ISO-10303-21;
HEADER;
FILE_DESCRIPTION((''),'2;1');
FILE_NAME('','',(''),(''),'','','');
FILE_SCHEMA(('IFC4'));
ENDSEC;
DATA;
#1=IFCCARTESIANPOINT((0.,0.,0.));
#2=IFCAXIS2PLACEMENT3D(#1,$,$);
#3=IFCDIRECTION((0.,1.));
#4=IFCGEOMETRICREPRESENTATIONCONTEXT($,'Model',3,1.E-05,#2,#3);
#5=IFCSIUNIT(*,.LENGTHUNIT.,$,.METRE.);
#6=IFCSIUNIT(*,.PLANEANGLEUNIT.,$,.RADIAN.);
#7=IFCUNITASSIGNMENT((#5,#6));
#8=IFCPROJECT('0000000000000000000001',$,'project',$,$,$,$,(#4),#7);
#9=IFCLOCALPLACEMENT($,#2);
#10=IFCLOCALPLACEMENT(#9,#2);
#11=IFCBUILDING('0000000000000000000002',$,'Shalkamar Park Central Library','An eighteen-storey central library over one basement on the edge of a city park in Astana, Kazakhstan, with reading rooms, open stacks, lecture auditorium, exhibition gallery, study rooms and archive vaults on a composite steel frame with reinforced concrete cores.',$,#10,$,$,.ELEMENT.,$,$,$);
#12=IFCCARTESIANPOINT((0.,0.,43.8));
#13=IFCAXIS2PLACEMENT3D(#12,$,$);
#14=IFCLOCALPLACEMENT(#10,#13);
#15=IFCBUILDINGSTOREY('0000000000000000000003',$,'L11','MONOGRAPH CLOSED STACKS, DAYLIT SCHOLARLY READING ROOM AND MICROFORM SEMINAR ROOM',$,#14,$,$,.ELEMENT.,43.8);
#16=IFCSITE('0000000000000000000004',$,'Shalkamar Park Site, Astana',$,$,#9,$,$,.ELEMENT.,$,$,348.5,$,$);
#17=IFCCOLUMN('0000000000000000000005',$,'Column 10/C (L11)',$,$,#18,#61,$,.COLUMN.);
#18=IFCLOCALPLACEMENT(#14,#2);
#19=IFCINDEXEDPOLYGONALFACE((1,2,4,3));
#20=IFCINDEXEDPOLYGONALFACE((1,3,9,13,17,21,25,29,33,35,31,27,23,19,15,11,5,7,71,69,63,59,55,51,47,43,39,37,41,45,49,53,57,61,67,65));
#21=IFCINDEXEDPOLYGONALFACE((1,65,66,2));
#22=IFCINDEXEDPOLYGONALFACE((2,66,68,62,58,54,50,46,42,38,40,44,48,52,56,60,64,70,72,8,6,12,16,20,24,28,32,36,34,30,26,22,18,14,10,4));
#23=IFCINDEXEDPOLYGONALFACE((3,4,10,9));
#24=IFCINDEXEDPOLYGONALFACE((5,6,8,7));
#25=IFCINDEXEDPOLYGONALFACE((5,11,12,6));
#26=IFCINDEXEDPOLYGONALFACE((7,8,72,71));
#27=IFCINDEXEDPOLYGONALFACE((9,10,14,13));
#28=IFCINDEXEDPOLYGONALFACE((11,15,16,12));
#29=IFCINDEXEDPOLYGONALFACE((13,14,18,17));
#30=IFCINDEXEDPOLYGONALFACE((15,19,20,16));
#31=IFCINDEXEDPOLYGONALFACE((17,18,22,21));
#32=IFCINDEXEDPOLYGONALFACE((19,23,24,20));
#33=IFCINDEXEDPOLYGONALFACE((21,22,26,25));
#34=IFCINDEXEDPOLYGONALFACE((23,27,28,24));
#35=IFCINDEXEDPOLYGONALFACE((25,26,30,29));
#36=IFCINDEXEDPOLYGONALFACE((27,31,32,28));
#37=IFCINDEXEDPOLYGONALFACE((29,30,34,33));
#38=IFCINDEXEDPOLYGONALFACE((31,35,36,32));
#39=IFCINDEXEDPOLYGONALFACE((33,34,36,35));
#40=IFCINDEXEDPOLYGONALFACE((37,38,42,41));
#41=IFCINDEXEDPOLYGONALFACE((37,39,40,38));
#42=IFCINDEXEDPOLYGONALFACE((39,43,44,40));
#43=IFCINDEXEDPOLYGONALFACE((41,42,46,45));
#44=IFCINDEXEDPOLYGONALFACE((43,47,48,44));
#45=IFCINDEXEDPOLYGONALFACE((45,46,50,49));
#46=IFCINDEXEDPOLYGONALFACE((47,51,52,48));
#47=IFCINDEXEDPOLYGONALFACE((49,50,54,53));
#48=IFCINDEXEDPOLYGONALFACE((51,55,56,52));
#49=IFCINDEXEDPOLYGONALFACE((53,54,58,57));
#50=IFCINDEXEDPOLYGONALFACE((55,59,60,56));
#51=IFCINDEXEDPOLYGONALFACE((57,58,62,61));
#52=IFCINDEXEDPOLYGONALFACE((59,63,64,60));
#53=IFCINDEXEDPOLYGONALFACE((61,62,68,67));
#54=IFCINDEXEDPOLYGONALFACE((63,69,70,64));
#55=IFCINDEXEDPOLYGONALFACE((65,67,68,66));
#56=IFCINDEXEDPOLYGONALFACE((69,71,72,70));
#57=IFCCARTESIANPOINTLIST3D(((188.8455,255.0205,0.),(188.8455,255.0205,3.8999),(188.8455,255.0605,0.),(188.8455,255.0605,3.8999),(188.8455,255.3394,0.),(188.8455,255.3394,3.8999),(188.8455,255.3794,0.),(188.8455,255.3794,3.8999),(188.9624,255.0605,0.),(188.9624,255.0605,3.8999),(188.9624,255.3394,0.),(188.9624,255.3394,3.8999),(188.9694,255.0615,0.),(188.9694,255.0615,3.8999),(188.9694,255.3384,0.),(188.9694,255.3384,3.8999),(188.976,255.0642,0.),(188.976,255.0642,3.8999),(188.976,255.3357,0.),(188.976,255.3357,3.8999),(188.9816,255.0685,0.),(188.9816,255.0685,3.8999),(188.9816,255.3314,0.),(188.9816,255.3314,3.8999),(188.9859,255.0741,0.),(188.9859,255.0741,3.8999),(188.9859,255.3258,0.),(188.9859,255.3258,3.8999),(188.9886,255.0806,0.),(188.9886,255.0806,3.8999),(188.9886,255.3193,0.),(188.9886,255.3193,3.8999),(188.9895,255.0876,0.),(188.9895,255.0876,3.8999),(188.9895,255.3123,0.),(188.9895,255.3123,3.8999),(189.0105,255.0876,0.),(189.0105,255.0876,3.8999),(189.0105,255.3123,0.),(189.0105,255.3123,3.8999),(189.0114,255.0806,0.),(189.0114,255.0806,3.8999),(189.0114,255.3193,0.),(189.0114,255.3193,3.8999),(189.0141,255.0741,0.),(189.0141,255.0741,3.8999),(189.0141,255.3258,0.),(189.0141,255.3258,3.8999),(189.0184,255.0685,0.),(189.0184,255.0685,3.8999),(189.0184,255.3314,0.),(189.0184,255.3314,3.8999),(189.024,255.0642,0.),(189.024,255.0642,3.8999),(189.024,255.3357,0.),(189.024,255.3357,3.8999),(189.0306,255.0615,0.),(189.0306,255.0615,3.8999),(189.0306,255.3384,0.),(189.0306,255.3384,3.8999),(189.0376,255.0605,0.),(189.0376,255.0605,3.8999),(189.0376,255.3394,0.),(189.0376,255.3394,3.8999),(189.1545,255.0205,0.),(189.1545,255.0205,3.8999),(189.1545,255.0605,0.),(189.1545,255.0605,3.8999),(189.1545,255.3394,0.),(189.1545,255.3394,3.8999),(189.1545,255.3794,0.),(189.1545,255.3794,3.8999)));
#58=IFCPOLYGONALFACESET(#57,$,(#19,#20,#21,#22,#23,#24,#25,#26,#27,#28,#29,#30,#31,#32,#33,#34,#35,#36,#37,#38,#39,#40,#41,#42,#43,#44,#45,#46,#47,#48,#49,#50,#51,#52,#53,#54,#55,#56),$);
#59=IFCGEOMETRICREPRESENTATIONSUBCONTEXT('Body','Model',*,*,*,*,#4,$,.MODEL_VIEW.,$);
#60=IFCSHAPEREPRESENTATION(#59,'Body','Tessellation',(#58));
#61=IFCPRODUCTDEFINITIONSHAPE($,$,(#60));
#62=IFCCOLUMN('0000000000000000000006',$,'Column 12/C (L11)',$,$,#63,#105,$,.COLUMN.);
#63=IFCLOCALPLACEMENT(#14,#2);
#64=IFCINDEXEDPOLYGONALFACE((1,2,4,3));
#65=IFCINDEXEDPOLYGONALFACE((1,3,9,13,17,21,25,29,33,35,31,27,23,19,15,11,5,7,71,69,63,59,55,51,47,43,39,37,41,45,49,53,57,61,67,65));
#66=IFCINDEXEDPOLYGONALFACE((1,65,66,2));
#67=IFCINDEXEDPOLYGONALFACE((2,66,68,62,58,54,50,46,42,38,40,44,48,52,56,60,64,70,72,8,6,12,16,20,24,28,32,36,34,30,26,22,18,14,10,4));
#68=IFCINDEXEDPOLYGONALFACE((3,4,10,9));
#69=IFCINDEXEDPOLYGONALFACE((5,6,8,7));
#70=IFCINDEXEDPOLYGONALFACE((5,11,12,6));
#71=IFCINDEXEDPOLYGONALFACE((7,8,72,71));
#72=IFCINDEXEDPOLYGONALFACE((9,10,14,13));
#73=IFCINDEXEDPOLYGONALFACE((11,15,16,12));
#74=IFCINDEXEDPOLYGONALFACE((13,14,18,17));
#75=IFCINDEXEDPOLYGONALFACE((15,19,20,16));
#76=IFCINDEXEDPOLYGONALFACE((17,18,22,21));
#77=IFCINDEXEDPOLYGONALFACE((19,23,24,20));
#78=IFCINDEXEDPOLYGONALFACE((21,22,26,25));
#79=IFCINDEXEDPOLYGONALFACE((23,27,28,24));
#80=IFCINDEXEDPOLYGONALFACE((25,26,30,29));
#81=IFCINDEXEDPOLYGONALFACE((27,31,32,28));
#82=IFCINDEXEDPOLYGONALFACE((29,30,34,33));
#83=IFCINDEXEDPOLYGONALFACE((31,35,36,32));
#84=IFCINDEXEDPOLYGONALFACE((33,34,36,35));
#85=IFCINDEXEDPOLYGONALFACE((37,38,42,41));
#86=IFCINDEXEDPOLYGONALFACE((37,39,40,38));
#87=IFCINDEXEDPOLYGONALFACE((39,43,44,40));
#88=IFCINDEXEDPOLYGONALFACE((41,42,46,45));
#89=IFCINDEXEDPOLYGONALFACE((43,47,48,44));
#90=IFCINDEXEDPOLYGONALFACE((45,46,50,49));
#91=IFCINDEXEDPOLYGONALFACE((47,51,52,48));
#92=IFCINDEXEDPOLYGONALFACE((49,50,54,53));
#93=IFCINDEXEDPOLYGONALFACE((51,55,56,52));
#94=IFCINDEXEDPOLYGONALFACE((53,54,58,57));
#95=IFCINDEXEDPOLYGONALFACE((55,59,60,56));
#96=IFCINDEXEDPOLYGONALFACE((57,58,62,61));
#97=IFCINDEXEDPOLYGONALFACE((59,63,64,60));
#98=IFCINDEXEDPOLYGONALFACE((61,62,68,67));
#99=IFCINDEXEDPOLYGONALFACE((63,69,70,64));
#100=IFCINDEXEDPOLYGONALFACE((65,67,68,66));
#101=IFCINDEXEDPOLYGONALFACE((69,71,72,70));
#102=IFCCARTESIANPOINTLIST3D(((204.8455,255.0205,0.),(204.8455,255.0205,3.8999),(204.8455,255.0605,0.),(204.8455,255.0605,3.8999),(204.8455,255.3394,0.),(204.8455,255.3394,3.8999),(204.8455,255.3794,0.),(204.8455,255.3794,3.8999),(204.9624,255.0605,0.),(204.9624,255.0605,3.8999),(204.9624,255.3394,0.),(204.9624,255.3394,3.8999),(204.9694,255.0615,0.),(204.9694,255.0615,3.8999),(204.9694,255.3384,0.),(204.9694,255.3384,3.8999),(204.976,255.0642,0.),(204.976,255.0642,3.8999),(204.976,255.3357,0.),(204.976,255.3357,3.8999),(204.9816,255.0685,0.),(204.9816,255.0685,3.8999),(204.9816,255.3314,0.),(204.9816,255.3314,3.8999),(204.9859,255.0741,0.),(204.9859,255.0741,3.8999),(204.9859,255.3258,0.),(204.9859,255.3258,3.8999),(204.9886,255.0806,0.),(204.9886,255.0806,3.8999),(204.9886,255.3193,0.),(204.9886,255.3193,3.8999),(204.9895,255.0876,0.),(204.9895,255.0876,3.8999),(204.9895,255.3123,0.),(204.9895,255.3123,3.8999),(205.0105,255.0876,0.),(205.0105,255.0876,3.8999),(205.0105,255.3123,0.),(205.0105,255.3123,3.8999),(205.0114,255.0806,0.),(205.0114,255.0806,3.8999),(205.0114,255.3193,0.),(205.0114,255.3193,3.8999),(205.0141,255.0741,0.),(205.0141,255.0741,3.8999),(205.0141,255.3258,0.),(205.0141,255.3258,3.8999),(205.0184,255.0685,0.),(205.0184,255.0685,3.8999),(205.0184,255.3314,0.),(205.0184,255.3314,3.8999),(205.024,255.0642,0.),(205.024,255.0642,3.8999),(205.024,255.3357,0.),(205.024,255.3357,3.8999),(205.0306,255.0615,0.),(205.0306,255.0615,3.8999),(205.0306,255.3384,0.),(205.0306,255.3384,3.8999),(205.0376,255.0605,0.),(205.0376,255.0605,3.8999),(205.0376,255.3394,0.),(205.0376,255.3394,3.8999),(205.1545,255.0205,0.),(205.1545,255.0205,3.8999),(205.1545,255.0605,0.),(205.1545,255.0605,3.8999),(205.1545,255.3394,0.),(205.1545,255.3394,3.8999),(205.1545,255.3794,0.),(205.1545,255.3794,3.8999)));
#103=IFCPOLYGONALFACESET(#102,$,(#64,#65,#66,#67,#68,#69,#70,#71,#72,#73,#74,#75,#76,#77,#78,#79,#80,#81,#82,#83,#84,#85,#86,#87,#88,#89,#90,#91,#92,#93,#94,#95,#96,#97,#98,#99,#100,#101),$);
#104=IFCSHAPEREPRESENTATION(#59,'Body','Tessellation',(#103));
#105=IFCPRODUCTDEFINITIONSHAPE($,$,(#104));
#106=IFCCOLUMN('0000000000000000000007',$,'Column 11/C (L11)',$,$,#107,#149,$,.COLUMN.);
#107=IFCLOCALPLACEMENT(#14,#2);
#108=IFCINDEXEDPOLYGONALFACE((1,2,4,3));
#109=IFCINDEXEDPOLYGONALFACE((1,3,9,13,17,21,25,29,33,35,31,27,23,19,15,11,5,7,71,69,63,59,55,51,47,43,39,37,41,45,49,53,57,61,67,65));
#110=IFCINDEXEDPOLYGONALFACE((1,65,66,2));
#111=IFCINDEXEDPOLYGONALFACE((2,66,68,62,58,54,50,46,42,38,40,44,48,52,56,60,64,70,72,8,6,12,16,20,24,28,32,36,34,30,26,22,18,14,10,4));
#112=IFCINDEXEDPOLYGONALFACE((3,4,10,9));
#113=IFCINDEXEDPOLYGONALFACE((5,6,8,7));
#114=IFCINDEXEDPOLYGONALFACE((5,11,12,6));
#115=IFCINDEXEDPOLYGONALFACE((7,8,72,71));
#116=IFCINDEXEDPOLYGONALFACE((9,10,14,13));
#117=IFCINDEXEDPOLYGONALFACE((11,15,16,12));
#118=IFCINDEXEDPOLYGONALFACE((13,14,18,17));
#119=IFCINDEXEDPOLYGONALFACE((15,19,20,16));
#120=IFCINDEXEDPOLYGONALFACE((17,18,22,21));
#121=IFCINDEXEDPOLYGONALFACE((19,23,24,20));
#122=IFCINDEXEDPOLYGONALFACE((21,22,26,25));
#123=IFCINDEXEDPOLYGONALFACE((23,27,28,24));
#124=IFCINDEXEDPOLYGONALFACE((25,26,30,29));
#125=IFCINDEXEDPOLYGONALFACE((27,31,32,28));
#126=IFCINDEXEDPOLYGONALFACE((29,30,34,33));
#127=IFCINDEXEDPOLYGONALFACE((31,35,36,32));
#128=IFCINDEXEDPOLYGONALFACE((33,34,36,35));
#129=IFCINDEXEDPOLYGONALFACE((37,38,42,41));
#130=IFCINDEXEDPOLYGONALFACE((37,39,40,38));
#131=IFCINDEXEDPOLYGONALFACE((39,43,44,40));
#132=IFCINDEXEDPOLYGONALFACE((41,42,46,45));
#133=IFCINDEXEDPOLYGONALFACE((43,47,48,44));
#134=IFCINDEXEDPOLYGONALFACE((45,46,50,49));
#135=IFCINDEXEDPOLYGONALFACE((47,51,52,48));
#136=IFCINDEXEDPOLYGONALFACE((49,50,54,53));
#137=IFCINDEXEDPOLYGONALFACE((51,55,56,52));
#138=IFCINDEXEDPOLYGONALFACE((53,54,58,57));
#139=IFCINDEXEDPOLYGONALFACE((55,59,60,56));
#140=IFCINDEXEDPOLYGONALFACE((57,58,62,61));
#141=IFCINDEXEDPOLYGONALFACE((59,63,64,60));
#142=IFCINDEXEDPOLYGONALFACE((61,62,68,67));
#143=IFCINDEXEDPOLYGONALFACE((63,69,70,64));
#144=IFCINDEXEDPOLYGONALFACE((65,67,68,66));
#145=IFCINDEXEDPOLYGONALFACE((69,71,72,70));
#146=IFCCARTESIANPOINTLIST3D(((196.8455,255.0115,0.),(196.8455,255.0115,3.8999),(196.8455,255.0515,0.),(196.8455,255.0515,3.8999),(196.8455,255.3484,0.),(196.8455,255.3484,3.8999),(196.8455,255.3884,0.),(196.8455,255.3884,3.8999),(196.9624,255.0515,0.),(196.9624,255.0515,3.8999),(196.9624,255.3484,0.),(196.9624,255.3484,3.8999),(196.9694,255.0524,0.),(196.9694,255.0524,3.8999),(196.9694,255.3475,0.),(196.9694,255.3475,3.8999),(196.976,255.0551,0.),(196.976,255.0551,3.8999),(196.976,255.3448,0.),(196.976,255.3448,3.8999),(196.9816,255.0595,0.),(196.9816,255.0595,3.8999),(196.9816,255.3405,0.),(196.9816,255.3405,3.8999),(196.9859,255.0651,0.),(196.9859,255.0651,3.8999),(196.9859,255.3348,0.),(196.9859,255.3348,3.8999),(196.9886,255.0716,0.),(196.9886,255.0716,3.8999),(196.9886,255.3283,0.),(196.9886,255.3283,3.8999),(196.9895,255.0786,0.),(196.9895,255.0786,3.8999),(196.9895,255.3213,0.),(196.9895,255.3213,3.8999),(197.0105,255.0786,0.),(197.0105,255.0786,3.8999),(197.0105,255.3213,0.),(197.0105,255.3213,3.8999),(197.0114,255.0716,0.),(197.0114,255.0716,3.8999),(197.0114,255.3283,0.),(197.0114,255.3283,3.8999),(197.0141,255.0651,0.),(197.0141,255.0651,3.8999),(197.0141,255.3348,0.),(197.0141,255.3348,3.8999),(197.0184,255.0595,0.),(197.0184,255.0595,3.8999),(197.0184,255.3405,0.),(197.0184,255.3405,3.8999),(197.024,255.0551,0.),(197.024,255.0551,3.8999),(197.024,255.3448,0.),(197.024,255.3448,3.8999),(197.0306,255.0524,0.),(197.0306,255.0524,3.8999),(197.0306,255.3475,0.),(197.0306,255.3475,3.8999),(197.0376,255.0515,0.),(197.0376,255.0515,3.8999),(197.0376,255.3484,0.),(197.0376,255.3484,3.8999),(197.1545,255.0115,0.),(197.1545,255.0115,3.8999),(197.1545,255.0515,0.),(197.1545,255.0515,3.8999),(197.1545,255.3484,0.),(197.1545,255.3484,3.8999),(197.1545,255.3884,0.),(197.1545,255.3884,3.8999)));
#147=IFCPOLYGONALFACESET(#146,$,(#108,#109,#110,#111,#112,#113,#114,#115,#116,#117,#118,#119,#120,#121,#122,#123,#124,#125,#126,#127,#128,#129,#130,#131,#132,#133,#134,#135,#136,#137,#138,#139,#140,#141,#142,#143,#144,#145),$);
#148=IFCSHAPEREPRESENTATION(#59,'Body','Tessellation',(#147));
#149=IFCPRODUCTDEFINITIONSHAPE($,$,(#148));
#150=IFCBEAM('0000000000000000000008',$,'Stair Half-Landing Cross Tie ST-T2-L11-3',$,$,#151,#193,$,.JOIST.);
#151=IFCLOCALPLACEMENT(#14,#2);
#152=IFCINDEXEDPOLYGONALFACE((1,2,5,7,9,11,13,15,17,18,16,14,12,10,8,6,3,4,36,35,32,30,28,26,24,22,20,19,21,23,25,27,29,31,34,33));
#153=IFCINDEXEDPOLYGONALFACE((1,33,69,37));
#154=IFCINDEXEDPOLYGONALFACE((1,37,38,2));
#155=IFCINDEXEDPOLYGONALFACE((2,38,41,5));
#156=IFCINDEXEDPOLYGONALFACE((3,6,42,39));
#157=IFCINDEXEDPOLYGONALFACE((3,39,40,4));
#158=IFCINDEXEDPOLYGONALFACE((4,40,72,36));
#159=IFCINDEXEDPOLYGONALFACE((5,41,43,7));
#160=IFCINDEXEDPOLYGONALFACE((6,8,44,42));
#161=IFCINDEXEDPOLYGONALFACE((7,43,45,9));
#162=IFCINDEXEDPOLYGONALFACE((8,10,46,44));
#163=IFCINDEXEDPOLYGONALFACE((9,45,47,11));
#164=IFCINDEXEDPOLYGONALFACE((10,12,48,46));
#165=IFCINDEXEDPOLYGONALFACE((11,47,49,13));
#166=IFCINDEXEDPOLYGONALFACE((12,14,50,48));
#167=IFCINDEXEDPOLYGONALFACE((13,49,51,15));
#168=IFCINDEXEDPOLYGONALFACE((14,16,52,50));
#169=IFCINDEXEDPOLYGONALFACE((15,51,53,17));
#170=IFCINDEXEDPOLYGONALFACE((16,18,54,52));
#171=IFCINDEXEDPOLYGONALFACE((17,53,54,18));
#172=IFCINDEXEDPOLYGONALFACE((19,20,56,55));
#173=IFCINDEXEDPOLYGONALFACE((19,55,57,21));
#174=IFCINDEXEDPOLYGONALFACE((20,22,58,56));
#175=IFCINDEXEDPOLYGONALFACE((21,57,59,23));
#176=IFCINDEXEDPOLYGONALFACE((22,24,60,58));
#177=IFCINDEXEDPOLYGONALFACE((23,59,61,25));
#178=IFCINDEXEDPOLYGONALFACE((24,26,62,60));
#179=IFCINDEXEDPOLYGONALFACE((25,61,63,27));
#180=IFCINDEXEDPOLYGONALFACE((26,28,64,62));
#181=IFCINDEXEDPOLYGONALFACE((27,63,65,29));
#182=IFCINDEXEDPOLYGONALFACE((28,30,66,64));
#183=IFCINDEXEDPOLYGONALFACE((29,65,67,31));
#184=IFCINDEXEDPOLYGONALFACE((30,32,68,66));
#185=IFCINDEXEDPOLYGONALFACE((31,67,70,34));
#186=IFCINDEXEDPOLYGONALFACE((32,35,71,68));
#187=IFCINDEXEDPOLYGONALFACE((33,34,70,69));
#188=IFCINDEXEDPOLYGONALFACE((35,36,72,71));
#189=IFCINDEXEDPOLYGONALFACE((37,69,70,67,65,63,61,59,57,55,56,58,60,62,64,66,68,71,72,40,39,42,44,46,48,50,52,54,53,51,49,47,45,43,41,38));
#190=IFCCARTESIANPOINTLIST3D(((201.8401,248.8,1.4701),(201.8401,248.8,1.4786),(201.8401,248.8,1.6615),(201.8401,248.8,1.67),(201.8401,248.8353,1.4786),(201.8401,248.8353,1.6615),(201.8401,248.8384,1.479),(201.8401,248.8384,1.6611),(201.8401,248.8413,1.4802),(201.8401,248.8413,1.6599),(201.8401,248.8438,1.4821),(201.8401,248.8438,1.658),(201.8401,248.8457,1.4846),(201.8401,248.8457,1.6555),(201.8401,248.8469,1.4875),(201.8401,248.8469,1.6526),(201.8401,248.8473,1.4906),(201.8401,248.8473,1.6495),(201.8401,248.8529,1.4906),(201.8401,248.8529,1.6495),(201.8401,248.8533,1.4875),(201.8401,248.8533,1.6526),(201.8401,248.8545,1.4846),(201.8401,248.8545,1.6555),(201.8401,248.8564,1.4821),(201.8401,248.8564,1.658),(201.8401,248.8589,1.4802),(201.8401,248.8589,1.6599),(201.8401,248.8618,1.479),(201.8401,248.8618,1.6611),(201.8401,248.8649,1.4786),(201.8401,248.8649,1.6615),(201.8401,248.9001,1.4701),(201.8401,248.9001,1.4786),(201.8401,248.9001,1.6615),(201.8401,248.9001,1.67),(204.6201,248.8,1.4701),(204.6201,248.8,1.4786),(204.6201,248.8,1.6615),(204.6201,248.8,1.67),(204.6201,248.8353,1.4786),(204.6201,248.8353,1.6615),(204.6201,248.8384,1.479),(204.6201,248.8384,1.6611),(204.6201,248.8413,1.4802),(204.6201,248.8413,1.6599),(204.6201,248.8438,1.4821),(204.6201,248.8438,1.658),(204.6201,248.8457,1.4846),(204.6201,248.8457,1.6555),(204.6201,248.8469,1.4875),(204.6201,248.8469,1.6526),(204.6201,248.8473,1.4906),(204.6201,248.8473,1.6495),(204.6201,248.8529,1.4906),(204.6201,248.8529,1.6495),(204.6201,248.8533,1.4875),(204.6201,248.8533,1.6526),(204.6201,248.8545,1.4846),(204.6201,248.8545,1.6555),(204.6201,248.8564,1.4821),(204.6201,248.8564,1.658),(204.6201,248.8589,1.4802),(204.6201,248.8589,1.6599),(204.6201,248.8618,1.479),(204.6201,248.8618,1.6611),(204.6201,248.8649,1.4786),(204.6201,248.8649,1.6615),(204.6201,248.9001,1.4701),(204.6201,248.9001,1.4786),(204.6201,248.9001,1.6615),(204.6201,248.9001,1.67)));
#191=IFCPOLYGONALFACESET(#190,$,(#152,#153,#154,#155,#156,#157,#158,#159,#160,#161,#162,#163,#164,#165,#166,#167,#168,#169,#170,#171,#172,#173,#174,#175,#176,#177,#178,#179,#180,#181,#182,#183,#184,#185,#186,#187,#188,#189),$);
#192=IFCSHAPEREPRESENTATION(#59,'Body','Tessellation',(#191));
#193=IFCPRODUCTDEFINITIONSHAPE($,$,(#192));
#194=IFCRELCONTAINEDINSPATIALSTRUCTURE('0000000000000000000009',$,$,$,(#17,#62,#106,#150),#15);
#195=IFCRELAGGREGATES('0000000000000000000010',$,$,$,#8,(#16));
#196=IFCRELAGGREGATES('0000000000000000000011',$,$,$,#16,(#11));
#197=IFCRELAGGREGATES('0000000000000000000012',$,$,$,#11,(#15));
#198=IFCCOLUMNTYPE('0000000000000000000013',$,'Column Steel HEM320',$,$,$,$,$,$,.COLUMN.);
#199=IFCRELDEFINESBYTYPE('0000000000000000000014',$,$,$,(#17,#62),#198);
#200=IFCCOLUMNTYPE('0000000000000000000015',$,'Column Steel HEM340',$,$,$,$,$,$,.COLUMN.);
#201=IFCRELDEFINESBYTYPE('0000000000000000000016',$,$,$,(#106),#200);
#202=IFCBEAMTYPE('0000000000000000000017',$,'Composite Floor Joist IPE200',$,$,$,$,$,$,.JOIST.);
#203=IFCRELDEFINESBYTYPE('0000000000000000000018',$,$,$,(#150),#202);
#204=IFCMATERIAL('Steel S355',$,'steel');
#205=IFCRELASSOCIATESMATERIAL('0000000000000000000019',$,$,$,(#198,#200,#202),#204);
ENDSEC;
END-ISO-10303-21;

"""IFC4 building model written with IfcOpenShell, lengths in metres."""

from ifc_helpers import new_model, si_unit, direction, frame, origin, origin_2d, place, context, subcontext, project, spatial, i_section, extrude, material, material_profile, profile_set, type_object, element, save


model = new_model("IFC4")

# Units and contexts
model_context = context("Model", 3, precision=1e-05, world=origin(), true_north=direction((0.0, 1.0)))
body_context = subcontext(model_context, "Body", "Model", "MODEL_VIEW")
ifc_project = project(units=[si_unit("LENGTHUNIT", "METRE"), si_unit("PLANEANGLEUNIT", "RADIAN")], contexts=[model_context])

# Site, building, storey
site_placement = place(None, origin())
site = spatial("IfcSite", under=ifc_project, at=site_placement, Name="Shalkamar Park Site, Astana", CompositionType="ELEMENT", RefElevation=348.5)
building_placement = place(site_placement, origin())
building = spatial("IfcBuilding", under=site, at=building_placement, Name="Shalkamar Park Central Library", Description="An eighteen-storey central library over one basement on the edge of a city park in Astana, Kazakhstan, with reading rooms, open stacks, lecture auditorium, exhibition gallery, study rooms and archive vaults on a composite steel frame with reinforced concrete cores.", CompositionType="ELEMENT")
storey_placement = place(building_placement, frame((0.0, 0.0, 43.8)))
storey = spatial("IfcBuildingStorey", under=building, at=storey_placement, Name="L11", Description="MONOGRAPH CLOSED STACKS, DAYLIT SCHOLARLY READING ROOM AND MICROFORM SEMINAR ROOM", CompositionType="ELEMENT", Elevation=43.8)

# Columns
ifc_material_1 = material(Name="Steel S355", Category="steel")
ifc_material_profile_1 = material_profile(ifc_material_1, i_section(OverallWidth=0.3091, OverallDepth=0.3589, WebThickness=0.021, FlangeThickness=0.04, FilletRadius=0.0271, at=origin_2d()), Name="HEM 320")
ifc_profile_set_1 = profile_set([ifc_material_profile_1], Name="Steel S355")
column_type_1 = type_object("IfcColumnType", Name="Column Steel HEM320", PredefinedType="COLUMN", material=ifc_profile_set_1)
for number, where, z_axis, x_axis, name in (
    (1, (189.0, 255.2, 0.0), (0.0, 0.0, 1.0), (1.0, 0.0, 0.0), "Column 10/C (L11)"),
    (2, (205.0, 255.2, 0.0), (0.0, 0.0, 1.0), (1.0, 0.0, 0.0), "Column 12/C (L11)"),
):
    element("IfcColumn", number, at=place(storey_placement, frame(where, z_axis=z_axis, x_axis=x_axis)), inside=storey, type_object=column_type_1, Name=name, PredefinedType="COLUMN", context=body_context, shape_type="SweptSolid", body=[
        extrude(i_section(OverallWidth=0.3091, OverallDepth=0.3589, WebThickness=0.021, FlangeThickness=0.04, FilletRadius=0.0271, at=origin_2d()), origin(), (0.0, 0.0, 1.0), 3.8999),
    ])
ifc_material_profile_2 = material_profile(ifc_material_1, i_section(OverallWidth=0.3091, OverallDepth=0.377, WebThickness=0.021, FlangeThickness=0.04, FilletRadius=0.0271, at=origin_2d()), Name="HEM 340")
ifc_profile_set_2 = profile_set([ifc_material_profile_2], Name="Steel S355")
column_type_2 = type_object("IfcColumnType", Name="Column Steel HEM340", PredefinedType="COLUMN", material=ifc_profile_set_2)
column_placement = place(storey_placement, frame((197.0, 255.2, 0.0), z_axis=(0.0, 0.0, 1.0), x_axis=(1.0, 0.0, 0.0)))
element("IfcColumn", 3, at=column_placement, inside=storey, type_object=column_type_2, Name="Column 11/C (L11)", PredefinedType="COLUMN", context=body_context, shape_type="SweptSolid", body=[
    extrude(i_section(OverallWidth=0.3091, OverallDepth=0.377, WebThickness=0.021, FlangeThickness=0.04, FilletRadius=0.0271, at=origin_2d()), origin(), (0.0, 0.0, 1.0), 3.8999),
])

# Beam
ifc_material_profile_3 = material_profile(ifc_material_1, i_section(OverallWidth=0.1001, OverallDepth=0.2, WebThickness=0.0056, FlangeThickness=0.0085, FilletRadius=0.012, at=origin_2d()), Name="IPE 200")
ifc_profile_set_3 = profile_set([ifc_material_profile_3], Name="Steel S355")
beam_type_1 = type_object("IfcBeamType", Name="Composite Floor Joist IPE200", PredefinedType="JOIST", material=ifc_profile_set_3)
beam_1_placement = place(storey_placement, frame((201.8401, 248.8501, 1.5701), z_axis=(1.0, 0.0, 0.0), x_axis=(0.0, 1.0, 0.0)))
element("IfcBeam", 4, at=beam_1_placement, inside=storey, type_object=beam_type_1, Name="Stair Half-Landing Cross Tie ST-T2-L11-3", PredefinedType="JOIST", context=body_context, shape_type="SweptSolid", body=[
    extrude(i_section(OverallWidth=0.1001, OverallDepth=0.2, WebThickness=0.0056, FlangeThickness=0.0085, FilletRadius=0.012, at=origin_2d()), origin(), (0.0, 0.0, 1.0), 2.78),
])

save(model, "model.ifc")
